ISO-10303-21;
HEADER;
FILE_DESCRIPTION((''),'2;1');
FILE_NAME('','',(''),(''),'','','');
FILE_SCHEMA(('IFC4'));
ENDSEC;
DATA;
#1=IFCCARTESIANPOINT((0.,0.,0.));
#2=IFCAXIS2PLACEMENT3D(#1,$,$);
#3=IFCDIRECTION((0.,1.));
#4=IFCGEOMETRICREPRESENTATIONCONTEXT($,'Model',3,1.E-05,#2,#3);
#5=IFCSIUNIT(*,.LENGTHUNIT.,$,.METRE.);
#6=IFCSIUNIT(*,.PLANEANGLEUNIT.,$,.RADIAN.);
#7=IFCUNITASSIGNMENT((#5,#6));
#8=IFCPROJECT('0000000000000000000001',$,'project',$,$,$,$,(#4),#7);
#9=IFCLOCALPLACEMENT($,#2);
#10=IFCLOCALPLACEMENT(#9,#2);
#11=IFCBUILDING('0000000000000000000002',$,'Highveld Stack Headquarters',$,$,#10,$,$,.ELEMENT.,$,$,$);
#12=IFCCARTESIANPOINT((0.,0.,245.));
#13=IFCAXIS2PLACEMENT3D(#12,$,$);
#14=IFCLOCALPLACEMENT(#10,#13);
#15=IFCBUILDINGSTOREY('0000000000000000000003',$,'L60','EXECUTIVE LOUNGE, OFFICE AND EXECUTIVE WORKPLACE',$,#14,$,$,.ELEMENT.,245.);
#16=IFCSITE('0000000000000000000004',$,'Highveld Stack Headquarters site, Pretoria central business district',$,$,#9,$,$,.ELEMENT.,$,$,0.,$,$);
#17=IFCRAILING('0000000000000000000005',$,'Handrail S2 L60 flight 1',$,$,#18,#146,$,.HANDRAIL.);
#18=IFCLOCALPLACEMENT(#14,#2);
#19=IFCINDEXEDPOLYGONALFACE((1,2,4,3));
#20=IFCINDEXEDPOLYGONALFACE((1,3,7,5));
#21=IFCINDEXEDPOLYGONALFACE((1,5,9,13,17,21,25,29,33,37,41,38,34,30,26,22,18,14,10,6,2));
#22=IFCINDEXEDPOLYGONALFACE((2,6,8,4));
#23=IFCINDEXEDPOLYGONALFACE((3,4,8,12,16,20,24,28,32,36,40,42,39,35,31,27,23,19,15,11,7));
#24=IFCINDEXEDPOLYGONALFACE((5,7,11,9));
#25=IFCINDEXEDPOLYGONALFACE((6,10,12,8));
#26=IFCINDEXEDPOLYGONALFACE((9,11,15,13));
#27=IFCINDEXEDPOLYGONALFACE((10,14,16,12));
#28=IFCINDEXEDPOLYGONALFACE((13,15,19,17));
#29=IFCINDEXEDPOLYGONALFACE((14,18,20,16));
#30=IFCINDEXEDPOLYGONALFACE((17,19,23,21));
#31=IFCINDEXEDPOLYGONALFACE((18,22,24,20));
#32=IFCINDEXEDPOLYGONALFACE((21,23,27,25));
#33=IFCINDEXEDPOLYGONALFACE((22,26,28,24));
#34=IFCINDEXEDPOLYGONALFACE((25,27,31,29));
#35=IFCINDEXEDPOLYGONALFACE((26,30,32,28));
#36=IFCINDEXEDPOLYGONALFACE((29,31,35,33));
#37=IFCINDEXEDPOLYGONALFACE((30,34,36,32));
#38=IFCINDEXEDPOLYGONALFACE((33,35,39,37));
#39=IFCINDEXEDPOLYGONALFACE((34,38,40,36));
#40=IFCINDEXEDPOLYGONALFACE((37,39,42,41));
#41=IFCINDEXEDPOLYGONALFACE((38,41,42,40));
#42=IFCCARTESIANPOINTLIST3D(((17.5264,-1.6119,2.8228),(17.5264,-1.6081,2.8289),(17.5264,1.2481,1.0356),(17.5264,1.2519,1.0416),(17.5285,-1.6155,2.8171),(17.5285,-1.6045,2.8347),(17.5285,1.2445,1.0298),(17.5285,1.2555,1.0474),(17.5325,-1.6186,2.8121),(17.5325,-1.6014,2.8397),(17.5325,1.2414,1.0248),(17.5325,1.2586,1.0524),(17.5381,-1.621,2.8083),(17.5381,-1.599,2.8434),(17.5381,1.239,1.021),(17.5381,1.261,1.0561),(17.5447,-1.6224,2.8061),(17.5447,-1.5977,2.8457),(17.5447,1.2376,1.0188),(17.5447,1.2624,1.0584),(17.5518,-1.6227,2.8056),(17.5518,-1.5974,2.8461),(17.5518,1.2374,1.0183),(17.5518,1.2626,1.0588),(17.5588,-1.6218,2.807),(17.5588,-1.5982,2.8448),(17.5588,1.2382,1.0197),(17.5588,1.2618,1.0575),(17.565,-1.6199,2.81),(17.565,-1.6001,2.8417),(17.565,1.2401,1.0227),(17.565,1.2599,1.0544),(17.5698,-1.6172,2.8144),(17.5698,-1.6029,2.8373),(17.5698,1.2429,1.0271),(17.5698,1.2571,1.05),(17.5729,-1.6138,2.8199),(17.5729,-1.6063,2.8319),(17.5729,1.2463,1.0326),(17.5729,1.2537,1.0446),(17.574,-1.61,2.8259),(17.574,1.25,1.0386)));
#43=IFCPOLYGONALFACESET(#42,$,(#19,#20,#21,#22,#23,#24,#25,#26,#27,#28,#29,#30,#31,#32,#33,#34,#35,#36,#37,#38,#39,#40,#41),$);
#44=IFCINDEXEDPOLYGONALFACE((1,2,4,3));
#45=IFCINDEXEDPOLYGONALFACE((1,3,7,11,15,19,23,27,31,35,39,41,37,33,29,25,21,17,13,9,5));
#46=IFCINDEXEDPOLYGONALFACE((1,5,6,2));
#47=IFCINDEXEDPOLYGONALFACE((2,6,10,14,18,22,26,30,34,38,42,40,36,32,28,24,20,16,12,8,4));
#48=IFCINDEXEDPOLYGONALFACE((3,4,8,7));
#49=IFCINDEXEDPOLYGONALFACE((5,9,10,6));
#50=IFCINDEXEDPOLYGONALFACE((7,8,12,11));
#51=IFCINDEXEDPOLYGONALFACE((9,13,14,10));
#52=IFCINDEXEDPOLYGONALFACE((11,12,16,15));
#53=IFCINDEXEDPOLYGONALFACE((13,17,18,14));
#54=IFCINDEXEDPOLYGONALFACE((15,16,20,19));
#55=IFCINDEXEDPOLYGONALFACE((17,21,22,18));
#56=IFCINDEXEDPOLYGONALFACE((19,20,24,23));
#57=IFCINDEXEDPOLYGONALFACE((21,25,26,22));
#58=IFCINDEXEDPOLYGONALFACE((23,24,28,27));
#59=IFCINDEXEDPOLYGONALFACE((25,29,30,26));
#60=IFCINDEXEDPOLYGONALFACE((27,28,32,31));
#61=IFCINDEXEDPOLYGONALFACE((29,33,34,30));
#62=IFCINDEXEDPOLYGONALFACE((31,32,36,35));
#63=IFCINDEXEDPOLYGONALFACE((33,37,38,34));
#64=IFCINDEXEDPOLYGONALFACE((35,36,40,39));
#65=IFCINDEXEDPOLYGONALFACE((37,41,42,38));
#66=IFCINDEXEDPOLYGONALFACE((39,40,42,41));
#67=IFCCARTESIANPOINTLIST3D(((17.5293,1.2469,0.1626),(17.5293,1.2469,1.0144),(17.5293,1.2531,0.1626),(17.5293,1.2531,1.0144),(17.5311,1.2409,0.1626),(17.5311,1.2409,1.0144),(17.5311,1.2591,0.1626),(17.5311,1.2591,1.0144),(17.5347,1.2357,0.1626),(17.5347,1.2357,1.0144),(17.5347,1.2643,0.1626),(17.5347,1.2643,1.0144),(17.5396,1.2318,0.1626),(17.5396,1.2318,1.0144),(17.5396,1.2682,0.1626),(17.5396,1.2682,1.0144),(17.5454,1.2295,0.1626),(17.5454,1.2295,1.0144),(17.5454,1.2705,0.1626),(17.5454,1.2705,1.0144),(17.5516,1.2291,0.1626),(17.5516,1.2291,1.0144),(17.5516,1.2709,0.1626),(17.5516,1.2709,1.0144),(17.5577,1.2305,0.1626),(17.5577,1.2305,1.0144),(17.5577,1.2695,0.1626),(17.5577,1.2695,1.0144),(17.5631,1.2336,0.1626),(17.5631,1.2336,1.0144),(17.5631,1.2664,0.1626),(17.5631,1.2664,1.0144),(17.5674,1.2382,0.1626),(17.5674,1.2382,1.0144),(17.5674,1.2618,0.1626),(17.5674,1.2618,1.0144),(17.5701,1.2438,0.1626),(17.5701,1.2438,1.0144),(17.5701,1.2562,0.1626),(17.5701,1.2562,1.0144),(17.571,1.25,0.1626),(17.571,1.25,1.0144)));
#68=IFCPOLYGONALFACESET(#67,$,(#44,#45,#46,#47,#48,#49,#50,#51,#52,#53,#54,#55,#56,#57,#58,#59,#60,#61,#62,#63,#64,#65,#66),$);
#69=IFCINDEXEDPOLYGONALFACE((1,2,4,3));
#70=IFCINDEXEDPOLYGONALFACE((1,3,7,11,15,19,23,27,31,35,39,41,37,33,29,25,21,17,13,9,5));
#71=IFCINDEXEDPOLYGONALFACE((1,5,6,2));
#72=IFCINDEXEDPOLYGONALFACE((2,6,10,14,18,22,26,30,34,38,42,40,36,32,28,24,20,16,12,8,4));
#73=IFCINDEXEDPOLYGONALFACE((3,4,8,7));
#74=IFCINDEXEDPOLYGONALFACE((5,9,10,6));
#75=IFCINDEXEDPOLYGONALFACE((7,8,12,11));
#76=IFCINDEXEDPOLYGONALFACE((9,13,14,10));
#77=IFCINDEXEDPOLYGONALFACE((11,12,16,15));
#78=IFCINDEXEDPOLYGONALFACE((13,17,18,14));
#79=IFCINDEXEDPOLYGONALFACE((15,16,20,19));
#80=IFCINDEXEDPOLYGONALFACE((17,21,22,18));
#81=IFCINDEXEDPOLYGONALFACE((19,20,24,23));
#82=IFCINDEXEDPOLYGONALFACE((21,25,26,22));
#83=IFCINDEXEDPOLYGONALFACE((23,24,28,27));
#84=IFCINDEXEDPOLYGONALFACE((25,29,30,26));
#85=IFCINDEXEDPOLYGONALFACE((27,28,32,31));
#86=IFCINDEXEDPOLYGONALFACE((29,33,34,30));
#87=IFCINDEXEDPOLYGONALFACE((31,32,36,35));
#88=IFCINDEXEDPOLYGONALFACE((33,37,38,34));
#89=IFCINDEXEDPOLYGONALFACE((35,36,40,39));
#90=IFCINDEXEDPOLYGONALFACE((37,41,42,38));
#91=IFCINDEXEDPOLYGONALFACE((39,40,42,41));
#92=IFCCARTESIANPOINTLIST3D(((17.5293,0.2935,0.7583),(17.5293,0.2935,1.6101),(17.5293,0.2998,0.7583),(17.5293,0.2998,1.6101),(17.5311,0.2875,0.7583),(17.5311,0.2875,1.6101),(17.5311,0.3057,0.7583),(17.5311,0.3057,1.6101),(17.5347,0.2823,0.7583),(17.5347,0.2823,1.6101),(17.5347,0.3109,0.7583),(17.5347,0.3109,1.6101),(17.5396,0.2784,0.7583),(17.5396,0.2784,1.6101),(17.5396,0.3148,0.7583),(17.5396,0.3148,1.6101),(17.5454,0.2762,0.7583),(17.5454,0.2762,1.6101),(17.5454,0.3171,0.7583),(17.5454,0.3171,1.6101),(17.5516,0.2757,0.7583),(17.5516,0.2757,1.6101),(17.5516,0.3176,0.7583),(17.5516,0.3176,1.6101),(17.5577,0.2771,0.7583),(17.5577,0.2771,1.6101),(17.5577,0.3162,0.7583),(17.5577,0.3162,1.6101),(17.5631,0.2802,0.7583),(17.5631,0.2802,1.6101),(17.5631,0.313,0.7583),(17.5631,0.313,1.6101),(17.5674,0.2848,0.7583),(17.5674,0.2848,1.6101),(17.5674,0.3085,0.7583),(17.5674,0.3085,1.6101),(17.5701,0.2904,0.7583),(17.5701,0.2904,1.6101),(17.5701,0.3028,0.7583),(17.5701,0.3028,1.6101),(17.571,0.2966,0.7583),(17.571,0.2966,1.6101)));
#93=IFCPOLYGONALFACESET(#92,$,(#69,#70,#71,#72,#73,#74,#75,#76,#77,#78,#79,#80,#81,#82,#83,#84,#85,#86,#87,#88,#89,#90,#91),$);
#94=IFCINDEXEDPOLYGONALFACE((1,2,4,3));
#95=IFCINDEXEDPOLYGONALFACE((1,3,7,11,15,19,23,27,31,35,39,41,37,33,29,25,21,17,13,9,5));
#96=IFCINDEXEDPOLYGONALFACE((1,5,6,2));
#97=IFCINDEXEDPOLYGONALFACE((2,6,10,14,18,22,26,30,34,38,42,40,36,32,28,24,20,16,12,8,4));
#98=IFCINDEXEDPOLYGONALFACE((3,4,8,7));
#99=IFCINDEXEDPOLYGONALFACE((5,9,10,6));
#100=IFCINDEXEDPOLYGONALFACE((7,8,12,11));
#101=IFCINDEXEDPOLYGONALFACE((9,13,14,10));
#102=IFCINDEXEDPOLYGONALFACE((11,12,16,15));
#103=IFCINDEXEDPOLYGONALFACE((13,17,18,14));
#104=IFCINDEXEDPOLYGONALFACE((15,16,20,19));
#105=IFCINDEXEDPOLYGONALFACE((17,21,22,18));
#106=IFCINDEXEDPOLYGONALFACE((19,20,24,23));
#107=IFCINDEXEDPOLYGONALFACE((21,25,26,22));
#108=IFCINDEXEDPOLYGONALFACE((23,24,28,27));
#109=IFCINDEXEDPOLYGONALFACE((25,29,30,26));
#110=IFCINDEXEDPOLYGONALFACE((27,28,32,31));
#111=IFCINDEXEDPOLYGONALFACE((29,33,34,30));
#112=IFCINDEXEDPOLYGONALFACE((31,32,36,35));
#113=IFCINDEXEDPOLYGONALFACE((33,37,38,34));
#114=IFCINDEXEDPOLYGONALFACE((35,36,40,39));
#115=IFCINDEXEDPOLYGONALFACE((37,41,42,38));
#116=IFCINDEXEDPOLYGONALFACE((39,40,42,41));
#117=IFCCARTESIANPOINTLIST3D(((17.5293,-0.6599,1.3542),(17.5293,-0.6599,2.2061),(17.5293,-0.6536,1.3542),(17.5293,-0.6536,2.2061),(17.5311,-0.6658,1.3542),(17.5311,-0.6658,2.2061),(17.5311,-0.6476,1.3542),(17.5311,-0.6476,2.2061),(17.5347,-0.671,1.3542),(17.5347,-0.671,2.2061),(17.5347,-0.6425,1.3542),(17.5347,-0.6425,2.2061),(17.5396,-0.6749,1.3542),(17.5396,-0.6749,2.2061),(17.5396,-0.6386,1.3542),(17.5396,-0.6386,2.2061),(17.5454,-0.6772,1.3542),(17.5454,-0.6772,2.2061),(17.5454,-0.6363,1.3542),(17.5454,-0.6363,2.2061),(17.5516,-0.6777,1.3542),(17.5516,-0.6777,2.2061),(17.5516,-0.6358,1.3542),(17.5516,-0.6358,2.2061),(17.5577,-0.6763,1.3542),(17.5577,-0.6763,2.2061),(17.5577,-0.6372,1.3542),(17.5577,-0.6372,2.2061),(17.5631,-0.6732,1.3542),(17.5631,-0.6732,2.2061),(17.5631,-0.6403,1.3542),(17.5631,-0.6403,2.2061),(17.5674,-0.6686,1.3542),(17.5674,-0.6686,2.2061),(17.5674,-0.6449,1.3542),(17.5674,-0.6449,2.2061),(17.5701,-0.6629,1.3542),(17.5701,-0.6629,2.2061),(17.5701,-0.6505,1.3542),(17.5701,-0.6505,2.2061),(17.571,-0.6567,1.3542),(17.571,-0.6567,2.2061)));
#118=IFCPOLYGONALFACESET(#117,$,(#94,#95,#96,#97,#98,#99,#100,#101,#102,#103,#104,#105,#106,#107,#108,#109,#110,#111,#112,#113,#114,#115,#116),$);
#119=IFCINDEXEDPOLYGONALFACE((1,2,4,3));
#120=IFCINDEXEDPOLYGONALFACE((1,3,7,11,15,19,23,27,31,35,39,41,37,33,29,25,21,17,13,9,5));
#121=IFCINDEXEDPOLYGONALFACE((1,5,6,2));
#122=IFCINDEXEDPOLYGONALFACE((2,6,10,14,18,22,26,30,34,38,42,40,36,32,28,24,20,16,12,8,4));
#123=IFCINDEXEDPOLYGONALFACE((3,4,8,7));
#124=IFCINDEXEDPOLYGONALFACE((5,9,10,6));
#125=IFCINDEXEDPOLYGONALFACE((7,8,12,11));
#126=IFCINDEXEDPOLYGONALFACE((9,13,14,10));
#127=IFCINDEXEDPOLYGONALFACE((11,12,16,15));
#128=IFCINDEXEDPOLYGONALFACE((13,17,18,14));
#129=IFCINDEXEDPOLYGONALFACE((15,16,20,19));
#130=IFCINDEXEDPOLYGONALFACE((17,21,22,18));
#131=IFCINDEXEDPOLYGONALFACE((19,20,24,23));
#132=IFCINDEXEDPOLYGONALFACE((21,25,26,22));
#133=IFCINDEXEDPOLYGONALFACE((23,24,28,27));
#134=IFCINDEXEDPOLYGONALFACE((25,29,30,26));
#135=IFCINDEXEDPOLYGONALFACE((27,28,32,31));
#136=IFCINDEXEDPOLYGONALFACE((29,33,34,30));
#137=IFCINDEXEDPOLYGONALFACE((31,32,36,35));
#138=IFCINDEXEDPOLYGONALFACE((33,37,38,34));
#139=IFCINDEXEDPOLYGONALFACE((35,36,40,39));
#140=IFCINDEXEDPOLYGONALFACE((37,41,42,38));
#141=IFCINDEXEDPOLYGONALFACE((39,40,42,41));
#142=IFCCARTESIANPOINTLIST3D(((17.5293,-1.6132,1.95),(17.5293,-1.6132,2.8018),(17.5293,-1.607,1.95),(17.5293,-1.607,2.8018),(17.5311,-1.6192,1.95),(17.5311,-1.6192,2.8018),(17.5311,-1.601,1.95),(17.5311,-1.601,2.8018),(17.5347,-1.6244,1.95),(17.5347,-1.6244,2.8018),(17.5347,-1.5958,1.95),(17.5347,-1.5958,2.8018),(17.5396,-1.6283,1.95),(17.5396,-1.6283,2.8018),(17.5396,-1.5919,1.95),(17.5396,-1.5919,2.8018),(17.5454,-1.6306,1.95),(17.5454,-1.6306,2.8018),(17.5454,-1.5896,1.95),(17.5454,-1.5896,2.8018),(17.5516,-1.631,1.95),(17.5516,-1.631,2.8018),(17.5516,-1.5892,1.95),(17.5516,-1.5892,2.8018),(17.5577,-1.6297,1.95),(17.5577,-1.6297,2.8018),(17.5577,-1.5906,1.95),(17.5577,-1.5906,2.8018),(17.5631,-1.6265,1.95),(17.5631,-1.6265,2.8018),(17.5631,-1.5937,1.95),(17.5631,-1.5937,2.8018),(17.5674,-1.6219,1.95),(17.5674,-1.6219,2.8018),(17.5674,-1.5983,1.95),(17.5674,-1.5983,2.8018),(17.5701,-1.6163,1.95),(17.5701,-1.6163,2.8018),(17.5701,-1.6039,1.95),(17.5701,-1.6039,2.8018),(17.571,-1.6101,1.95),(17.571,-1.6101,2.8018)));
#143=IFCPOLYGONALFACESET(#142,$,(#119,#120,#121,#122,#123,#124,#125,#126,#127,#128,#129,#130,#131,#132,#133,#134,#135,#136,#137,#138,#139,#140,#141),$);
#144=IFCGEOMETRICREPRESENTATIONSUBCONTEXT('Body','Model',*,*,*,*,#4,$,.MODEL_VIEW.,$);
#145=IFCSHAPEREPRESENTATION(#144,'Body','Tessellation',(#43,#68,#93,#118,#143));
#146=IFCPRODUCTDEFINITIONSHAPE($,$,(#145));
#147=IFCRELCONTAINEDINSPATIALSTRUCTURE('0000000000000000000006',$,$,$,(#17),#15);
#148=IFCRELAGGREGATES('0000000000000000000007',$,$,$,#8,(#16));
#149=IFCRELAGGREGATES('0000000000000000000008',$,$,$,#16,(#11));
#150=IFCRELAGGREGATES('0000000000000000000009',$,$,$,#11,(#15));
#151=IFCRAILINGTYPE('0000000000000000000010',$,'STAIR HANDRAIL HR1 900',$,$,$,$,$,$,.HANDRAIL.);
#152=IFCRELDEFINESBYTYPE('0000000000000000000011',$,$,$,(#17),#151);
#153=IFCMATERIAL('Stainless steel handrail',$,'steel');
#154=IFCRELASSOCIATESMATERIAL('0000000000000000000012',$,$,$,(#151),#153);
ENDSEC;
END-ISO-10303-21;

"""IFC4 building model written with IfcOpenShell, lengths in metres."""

from ifc_helpers import new_model, si_unit, direction, frame, origin, origin_2d, place, context, subcontext, project, spatial, circle, extrude, material, type_object, element, save


model = new_model("IFC4")

# Units and contexts
model_context = context("Model", 3, precision=1e-05, world=origin(), true_north=direction((0.0, 1.0)))
body_context = subcontext(model_context, "Body", "Model", "MODEL_VIEW")
ifc_project = project(units=[si_unit("LENGTHUNIT", "METRE"), si_unit("PLANEANGLEUNIT", "RADIAN")], contexts=[model_context])

# Site, building, storey
site_placement = place(None, origin())
site = spatial("IfcSite", under=ifc_project, at=site_placement, Name="Highveld Stack Headquarters site, Pretoria central business district", CompositionType="ELEMENT", RefElevation=0.0)
building_placement = place(site_placement, origin())
building = spatial("IfcBuilding", under=site, at=building_placement, Name="Highveld Stack Headquarters", CompositionType="ELEMENT")
storey_placement = place(building_placement, frame((0.0, 0.0, 245.0)))
storey = spatial("IfcBuildingStorey", under=building, at=storey_placement, Name="L60", Description="EXECUTIVE LOUNGE, OFFICE AND EXECUTIVE WORKPLACE", CompositionType="ELEMENT", Elevation=245.0)

# Railing
ifc_material_1 = material(Name="Stainless steel handrail", Category="steel")
railing_type = type_object("IfcRailingType", Name="STAIR HANDRAIL HR1 900", PredefinedType="HANDRAIL", material=ifc_material_1)
for number, where, name in (
    (1, (17.55, 1.25, 0.1626), "Handrail S2 L60 flight 1"),
):
    element("IfcRailing", number, at=place(storey_placement, frame(where)), inside=storey, type_object=railing_type, Name=name, PredefinedType="HANDRAIL", context=body_context, shape_type="SweptSolid", body=[
        extrude(circle(Radius=0.0239, at=origin_2d()), frame((0.0, 0.0, 0.876), z_axis=(0.0, -0.848027, 0.529953), x_axis=(1.0, 0.0, 0.0)), (0.0, 0.0, 1.0), 3.3726),
        extrude(circle(Radius=0.021, at=origin_2d()), origin(), (0.0, 0.0, 1.0), 0.8518),
        extrude(circle(Radius=0.021, at=origin_2d()), frame((0.0, -0.9534, 0.5957)), (0.0, 0.0, 1.0), 0.8518),
        extrude(circle(Radius=0.021, at=origin_2d()), frame((0.0, -1.9067, 1.1917)), (0.0, 0.0, 1.0), 0.8518),
        extrude(circle(Radius=0.021, at=origin_2d()), frame((0.0, -2.8601, 1.7874)), (0.0, 0.0, 1.0), 0.8518),
    ])

save(model, "model.ifc")
